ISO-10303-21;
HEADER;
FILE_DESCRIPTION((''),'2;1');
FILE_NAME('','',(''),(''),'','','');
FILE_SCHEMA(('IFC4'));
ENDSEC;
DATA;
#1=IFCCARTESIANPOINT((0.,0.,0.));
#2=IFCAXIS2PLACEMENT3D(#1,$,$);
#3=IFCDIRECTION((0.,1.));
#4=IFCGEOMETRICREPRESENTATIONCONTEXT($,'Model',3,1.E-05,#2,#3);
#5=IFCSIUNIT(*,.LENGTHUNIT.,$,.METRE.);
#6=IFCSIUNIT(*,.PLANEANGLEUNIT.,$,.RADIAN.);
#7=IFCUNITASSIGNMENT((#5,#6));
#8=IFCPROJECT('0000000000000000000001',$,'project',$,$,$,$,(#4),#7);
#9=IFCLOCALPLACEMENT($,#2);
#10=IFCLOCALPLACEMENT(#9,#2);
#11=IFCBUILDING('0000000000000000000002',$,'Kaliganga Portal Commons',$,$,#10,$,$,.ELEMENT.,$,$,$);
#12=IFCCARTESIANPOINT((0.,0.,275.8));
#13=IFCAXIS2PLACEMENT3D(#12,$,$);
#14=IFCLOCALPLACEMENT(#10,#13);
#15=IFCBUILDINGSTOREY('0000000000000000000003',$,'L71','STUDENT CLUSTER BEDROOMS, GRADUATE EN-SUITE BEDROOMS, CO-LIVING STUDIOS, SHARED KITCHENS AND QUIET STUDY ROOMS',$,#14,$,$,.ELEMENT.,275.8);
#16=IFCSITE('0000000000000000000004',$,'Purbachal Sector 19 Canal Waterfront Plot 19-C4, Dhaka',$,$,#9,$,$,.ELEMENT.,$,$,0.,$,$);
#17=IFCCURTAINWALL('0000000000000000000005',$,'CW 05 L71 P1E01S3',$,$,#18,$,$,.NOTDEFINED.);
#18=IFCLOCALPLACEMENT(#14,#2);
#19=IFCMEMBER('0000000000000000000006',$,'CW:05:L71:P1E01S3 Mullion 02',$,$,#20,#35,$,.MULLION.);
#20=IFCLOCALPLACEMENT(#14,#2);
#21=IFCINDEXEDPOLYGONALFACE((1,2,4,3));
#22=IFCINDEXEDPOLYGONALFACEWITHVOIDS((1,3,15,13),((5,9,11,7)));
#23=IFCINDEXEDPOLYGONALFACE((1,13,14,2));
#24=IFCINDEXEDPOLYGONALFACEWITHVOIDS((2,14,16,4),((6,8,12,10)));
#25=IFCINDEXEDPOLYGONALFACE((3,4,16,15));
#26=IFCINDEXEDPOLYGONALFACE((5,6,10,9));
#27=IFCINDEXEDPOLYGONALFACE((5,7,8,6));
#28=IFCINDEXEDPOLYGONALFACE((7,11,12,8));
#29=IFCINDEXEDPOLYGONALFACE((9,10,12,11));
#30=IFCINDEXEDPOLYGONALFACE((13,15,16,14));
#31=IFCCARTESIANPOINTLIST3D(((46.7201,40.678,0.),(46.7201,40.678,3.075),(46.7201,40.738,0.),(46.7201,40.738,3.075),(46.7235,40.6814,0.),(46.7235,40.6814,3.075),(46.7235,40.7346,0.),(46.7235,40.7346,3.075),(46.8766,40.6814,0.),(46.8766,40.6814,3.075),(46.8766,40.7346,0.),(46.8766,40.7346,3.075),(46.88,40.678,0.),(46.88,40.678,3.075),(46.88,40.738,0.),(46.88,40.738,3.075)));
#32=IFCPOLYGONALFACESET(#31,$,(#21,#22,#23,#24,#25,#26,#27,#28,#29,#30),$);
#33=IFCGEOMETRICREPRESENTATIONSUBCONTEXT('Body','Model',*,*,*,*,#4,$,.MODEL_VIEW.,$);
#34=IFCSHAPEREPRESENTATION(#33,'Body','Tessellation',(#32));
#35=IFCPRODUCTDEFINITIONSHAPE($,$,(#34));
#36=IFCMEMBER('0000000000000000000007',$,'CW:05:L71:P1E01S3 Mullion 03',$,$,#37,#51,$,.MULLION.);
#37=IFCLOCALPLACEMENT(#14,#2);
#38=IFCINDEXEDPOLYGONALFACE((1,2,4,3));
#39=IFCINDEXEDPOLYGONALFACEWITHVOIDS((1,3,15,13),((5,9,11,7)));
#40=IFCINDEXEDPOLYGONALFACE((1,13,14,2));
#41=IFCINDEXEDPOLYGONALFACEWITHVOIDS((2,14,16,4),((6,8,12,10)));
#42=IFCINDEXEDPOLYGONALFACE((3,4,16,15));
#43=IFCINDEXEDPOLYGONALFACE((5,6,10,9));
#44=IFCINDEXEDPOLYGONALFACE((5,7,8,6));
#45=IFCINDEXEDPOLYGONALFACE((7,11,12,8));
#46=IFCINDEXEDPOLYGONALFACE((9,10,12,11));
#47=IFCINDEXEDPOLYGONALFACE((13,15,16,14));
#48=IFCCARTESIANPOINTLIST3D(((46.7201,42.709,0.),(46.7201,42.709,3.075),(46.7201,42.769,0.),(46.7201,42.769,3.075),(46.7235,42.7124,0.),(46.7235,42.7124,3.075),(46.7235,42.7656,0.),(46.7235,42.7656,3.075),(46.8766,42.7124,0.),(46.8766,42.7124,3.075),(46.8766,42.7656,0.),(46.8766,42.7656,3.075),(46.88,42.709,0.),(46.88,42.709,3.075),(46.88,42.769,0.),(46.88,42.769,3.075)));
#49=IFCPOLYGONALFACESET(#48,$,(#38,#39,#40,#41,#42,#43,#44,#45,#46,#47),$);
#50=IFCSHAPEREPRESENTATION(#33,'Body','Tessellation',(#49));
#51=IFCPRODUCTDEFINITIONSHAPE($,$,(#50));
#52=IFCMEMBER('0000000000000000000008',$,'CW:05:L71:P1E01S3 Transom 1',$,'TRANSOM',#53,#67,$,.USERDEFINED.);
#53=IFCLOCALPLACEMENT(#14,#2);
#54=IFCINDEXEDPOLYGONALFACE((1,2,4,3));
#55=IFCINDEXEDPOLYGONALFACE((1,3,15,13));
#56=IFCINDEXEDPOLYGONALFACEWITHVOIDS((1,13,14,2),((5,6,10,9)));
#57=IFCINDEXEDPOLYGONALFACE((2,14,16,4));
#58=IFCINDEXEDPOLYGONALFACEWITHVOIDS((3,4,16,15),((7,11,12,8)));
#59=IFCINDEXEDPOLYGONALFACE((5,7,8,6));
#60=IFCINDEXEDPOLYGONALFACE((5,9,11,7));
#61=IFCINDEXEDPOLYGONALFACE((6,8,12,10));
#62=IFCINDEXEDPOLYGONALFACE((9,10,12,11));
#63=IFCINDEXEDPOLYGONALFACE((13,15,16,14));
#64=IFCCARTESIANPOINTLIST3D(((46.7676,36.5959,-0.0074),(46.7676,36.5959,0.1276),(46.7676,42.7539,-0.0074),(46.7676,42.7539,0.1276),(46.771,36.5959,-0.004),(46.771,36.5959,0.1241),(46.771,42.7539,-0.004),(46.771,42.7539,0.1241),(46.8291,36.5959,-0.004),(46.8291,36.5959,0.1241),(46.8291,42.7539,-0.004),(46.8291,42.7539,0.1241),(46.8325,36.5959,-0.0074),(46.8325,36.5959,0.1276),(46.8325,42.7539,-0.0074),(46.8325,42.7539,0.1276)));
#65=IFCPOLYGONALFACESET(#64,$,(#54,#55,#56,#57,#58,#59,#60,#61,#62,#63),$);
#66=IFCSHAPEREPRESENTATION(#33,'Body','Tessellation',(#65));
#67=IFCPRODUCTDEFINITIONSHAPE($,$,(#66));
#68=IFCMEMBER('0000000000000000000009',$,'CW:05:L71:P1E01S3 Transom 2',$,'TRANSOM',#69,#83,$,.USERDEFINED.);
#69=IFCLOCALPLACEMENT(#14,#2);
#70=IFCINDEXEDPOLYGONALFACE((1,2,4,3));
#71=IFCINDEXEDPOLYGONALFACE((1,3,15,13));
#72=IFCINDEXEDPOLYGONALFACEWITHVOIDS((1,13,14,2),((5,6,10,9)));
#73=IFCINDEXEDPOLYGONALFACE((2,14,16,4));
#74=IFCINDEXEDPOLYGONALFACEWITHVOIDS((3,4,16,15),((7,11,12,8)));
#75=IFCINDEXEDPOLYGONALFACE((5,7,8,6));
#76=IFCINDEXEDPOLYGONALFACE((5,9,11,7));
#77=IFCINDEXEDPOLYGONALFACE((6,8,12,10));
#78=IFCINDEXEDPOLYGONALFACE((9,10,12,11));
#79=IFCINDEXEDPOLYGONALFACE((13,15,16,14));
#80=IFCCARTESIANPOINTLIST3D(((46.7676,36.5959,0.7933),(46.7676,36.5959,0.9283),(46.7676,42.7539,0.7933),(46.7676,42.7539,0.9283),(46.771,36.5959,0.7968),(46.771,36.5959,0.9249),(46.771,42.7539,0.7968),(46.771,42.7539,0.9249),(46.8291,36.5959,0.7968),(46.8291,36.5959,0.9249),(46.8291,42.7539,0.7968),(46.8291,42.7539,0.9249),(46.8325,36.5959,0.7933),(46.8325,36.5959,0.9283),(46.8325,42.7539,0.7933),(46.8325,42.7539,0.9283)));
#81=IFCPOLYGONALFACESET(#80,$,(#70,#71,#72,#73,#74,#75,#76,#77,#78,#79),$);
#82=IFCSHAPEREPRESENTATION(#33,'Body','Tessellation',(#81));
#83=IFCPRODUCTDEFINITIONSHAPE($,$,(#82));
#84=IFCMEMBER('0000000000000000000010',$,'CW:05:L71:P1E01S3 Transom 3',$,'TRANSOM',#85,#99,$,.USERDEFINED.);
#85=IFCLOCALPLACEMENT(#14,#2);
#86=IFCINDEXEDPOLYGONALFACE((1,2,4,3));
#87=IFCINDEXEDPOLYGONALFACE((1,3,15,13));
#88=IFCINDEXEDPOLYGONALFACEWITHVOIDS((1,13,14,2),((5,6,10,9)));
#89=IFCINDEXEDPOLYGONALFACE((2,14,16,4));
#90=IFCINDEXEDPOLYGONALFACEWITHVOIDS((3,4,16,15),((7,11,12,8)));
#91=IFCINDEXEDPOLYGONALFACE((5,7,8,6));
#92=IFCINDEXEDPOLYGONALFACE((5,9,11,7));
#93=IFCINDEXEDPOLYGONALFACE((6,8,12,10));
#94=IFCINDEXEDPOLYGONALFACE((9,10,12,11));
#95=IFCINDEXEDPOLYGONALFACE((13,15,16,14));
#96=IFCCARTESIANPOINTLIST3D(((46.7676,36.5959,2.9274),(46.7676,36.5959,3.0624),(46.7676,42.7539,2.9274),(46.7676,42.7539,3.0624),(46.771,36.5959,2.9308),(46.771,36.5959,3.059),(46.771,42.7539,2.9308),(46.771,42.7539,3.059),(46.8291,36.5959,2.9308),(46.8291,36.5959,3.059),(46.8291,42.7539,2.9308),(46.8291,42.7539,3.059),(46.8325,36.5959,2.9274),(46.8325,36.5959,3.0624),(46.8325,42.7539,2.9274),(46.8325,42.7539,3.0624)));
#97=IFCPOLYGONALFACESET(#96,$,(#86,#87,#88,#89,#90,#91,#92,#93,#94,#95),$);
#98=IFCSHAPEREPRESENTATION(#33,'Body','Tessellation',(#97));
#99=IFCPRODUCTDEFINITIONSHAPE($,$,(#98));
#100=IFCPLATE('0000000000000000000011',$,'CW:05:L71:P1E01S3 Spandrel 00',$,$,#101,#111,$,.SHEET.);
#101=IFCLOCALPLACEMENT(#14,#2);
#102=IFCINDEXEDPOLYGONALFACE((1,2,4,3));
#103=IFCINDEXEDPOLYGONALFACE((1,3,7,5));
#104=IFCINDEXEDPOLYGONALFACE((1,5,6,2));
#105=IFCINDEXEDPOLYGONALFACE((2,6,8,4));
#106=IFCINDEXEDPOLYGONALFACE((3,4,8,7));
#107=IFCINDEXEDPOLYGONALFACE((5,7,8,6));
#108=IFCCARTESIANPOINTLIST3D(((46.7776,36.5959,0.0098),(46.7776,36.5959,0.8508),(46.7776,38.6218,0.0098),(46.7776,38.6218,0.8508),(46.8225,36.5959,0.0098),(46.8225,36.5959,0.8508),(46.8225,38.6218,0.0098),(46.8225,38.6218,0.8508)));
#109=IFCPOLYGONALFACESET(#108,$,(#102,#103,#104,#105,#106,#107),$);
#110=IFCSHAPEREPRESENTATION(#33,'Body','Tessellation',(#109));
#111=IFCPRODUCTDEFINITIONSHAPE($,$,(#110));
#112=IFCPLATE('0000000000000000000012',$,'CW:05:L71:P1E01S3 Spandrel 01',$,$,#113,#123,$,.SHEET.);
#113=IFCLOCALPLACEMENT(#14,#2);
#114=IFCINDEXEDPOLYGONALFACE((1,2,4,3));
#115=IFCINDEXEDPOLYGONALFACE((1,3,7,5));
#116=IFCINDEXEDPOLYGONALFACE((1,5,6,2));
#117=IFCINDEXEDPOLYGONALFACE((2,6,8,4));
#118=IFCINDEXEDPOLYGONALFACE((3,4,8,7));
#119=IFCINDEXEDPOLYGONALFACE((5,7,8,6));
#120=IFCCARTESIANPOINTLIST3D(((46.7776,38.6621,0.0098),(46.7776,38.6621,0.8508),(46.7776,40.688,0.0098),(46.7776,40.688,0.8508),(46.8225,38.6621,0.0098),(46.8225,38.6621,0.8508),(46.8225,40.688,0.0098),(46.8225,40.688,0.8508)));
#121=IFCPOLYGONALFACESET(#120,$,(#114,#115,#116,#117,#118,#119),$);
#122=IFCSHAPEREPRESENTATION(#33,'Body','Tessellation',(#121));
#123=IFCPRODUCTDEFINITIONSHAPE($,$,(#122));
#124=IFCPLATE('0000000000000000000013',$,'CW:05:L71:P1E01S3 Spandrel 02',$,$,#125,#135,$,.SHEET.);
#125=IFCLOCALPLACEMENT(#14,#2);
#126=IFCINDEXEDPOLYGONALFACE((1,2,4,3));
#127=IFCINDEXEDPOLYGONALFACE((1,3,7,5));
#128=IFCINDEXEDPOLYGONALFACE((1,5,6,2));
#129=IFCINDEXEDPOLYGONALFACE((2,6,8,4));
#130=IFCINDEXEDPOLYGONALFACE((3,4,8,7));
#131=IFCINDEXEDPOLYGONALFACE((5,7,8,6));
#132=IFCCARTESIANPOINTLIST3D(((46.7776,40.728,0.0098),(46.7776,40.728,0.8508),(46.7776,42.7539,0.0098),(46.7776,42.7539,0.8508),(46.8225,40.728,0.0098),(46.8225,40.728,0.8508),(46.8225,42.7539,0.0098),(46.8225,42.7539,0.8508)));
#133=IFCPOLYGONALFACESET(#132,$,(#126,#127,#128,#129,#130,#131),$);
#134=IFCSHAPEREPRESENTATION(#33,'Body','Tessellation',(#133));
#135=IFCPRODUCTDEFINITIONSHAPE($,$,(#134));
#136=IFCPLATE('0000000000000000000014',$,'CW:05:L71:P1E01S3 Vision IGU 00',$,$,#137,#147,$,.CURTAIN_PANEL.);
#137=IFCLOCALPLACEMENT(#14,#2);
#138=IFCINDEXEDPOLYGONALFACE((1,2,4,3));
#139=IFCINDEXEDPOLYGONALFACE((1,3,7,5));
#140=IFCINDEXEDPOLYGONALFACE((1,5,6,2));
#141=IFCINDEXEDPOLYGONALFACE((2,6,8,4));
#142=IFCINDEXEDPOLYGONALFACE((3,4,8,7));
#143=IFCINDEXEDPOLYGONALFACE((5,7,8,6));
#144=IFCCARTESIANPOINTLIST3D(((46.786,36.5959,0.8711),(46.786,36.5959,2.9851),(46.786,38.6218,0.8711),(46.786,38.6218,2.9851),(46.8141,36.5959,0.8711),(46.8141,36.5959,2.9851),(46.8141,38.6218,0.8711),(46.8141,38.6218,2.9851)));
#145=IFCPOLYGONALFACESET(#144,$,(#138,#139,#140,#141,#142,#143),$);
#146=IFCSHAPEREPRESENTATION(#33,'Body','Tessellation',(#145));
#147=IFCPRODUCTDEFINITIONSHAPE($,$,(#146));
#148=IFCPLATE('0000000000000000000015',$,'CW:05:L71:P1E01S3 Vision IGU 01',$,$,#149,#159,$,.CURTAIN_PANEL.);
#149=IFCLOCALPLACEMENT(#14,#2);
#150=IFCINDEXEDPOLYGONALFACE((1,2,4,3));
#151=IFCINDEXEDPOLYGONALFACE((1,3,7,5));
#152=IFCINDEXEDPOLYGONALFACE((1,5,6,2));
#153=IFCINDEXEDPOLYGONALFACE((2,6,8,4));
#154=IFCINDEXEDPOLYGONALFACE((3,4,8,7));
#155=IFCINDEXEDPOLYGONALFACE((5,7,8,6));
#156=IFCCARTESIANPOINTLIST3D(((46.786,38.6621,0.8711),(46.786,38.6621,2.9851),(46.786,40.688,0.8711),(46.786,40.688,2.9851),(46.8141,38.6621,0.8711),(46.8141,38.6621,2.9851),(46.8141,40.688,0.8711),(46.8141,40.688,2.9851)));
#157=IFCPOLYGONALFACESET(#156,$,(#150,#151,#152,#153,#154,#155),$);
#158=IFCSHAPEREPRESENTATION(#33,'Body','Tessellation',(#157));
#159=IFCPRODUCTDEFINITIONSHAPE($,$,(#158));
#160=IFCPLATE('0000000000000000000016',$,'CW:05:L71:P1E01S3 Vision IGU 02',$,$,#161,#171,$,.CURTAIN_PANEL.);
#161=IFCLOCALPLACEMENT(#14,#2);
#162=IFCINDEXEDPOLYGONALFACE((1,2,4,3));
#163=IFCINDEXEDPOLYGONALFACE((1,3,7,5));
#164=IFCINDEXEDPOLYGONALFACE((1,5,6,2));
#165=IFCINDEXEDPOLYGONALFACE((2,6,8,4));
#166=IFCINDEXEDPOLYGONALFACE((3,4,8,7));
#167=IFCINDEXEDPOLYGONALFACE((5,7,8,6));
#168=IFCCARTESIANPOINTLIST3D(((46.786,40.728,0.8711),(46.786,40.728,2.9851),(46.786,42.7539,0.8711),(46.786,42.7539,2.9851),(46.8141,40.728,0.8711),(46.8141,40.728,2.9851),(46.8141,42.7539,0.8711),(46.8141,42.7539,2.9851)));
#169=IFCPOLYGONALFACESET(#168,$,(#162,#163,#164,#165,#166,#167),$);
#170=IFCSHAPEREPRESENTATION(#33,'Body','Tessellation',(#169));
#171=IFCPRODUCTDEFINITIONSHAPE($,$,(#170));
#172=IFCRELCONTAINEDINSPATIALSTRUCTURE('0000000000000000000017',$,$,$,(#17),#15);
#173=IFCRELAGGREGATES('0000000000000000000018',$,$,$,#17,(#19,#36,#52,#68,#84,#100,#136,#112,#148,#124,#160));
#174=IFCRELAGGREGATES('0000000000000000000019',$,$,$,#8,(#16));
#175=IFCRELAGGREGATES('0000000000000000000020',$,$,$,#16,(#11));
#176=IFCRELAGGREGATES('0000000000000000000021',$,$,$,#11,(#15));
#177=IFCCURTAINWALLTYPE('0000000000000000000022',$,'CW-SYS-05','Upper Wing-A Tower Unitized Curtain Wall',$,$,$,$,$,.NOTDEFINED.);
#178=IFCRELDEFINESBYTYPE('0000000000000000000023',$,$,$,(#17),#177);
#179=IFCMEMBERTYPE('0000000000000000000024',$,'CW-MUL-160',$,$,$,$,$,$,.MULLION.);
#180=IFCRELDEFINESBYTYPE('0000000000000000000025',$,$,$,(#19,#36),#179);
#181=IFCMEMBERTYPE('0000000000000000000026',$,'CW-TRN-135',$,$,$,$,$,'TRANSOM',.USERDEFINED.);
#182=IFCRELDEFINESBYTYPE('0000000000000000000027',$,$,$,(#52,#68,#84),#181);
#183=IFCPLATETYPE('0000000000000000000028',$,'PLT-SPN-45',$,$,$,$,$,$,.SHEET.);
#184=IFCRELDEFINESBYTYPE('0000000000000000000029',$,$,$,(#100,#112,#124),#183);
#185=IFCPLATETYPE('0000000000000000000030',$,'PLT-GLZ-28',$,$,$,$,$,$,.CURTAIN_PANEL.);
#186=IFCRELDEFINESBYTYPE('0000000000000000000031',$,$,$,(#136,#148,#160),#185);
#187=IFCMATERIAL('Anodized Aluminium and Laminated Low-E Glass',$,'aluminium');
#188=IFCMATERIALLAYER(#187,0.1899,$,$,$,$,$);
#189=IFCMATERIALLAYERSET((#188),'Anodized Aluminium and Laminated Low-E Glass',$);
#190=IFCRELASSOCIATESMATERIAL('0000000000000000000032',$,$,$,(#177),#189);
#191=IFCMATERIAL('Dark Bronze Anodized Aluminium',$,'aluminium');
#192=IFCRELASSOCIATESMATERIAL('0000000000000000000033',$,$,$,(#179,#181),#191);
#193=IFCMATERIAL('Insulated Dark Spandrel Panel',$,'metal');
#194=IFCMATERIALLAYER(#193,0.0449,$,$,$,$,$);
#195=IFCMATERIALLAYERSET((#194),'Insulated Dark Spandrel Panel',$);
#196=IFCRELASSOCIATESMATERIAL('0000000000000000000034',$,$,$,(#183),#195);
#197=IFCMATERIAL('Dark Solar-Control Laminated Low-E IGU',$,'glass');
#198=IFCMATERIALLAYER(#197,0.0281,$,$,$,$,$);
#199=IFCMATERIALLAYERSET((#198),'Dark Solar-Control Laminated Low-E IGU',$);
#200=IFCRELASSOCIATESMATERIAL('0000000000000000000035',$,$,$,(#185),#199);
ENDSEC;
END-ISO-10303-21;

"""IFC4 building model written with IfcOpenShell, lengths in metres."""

from ifc_helpers import new_model, si_unit, direction, frame, origin, origin_2d, place, context, subcontext, project, spatial, rectangle, hollow_rectangle, extrude, source, transform, mapped, material, layer, layer_set, material_profile, profile_set, type_object, element, aggregate, save


model = new_model("IFC4")

# Units and contexts
model_context = context("Model", 3, precision=1e-05, world=origin(), true_north=direction((0.0, 1.0)))
body_context = subcontext(model_context, "Body", "Model", "MODEL_VIEW")
ifc_project = project(units=[si_unit("LENGTHUNIT", "METRE"), si_unit("PLANEANGLEUNIT", "RADIAN")], contexts=[model_context])

# Site, building, storey
site_placement = place(None, origin())
site = spatial("IfcSite", under=ifc_project, at=site_placement, Name="Purbachal Sector 19 Canal Waterfront Plot 19-C4, Dhaka", CompositionType="ELEMENT", RefElevation=0.0)
building_placement = place(site_placement, origin())
building = spatial("IfcBuilding", under=site, at=building_placement, Name="Kaliganga Portal Commons", CompositionType="ELEMENT")
storey_placement = place(building_placement, frame((0.0, 0.0, 275.8)))
storey = spatial("IfcBuildingStorey", under=building, at=storey_placement, Name="L71", Description="STUDENT CLUSTER BEDROOMS, GRADUATE EN-SUITE BEDROOMS, CO-LIVING STUDIOS, SHARED KITCHENS AND QUIET STUDY ROOMS", CompositionType="ELEMENT", Elevation=275.8)

# Shared definitions
ifc_material_1 = material(Name="Anodized Aluminium and Laminated Low-E Glass", Category="aluminium")
ifc_layer_1 = layer(ifc_material_1, 0.1899)
ifc_layer_set_1 = layer_set([ifc_layer_1], Name="Anodized Aluminium and Laminated Low-E Glass")
curtain_wall_type = type_object("IfcCurtainWallType", Name="CW-SYS-05", Description="Upper Wing-A Tower Unitized Curtain Wall", PredefinedType="NOTDEFINED", material=ifc_layer_set_1)
ifc_material_2 = material(Name="Dark Bronze Anodized Aluminium", Category="aluminium")
ifc_material_profile_1 = material_profile(ifc_material_2, hollow_rectangle(XDim=0.0601, YDim=0.1599, WallThickness=0.0034, at=origin_2d()), Name="ALU MULL 60x160x3.5")
ifc_profile_set_1 = profile_set([ifc_material_profile_1], Name="Dark Bronze Anodized Aluminium")
member_type_1 = type_object("IfcMemberType", Name="CW-MUL-160", PredefinedType="MULLION", material=ifc_profile_set_1)
shared_shape_1 = source(origin(), body_context, "Body", "SweptSolid", [
    extrude(hollow_rectangle(XDim=0.0601, YDim=0.1599, WallThickness=0.0034, at=origin_2d()), origin(), (0.0, 0.0, 1.0), 3.075),
])

# Curtain wall, members, plates
curtain_wall_1_placement = place(storey_placement, origin())
curtain_wall_1 = element("IfcCurtainWall", 1, at=curtain_wall_1_placement, inside=storey, type_object=curtain_wall_type, Name="CW 05 L71 P1E01S3", PredefinedType="NOTDEFINED")
member_1_placement = place(storey_placement, frame((46.8, 40.708, 0.0), z_axis=(0.0, 0.0, 1.0), x_axis=(0.0, 1.0, 0.0)))
member_1 = element("IfcMember", 2, at=member_1_placement, type_object=member_type_1, Name="CW:05:L71:P1E01S3 Mullion 02", PredefinedType="MULLION", context=body_context, shape_type="MappedRepresentation", body=[
    mapped(shared_shape_1, transform((0.0, 0.0, 0.0), x_axis=(1.0, 0.0, 0.0), y_axis=(0.0, 1.0, 0.0), z_axis=(0.0, 0.0, 1.0), scale=1.0)),
])
member_2_placement = place(storey_placement, frame((46.8, 42.739, 0.0), z_axis=(0.0, 0.0, 1.0), x_axis=(0.0, 1.0, 0.0)))
member_2 = element("IfcMember", 3, at=member_2_placement, type_object=member_type_1, Name="CW:05:L71:P1E01S3 Mullion 03", PredefinedType="MULLION", context=body_context, shape_type="MappedRepresentation", body=[
    mapped(shared_shape_1, transform((0.0, 0.0, 0.0), x_axis=(1.0, 0.0, 0.0), y_axis=(0.0, 1.0, 0.0), z_axis=(0.0, 0.0, 1.0), scale=1.0)),
])
ifc_material_profile_2 = material_profile(ifc_material_2, hollow_rectangle(XDim=0.0649, YDim=0.135, WallThickness=0.0034, at=origin_2d()), Name="ALU TRAN 65x135x3.5")
ifc_profile_set_2 = profile_set([ifc_material_profile_2], Name="Dark Bronze Anodized Aluminium")
member_type_2 = type_object("IfcMemberType", Name="CW-TRN-135", ElementType="TRANSOM", PredefinedType="USERDEFINED", material=ifc_profile_set_2)
shared_shape_2 = source(origin(), body_context, "Body", "SweptSolid", [
    extrude(hollow_rectangle(XDim=0.0649, YDim=0.135, WallThickness=0.0034, at=origin_2d()), origin(), (0.0, 0.0, 1.0), 6.158),
])
member_3_placement = place(storey_placement, frame((46.8, 36.5959, 0.0601), z_axis=(0.0, 1.0, 0.0), x_axis=(-1.0, 0.0, 0.0)))
member_3 = element("IfcMember", 4, at=member_3_placement, type_object=member_type_2, Name="CW:05:L71:P1E01S3 Transom 1", ObjectType="TRANSOM", PredefinedType="USERDEFINED", context=body_context, shape_type="MappedRepresentation", body=[
    mapped(shared_shape_2, transform((0.0, 0.0, 0.0), x_axis=(1.0, 0.0, 0.0), y_axis=(0.0, 1.0, 0.0), z_axis=(0.0, 0.0, 1.0), scale=1.0)),
])
member_4_placement = place(storey_placement, frame((46.8, 36.5959, 0.8608), z_axis=(0.0, 1.0, 0.0), x_axis=(-1.0, 0.0, 0.0)))
member_4 = element("IfcMember", 5, at=member_4_placement, type_object=member_type_2, Name="CW:05:L71:P1E01S3 Transom 2", ObjectType="TRANSOM", PredefinedType="USERDEFINED", context=body_context, shape_type="MappedRepresentation", body=[
    mapped(shared_shape_2, transform((0.0, 0.0, 0.0), x_axis=(1.0, 0.0, 0.0), y_axis=(0.0, 1.0, 0.0), z_axis=(0.0, 0.0, 1.0), scale=1.0)),
])
member_5_placement = place(storey_placement, frame((46.8, 36.5959, 2.9949), z_axis=(0.0, 1.0, 0.0), x_axis=(-1.0, 0.0, 0.0)))
member_5 = element("IfcMember", 6, at=member_5_placement, type_object=member_type_2, Name="CW:05:L71:P1E01S3 Transom 3", ObjectType="TRANSOM", PredefinedType="USERDEFINED", context=body_context, shape_type="MappedRepresentation", body=[
    mapped(shared_shape_2, transform((0.0, 0.0, 0.0), x_axis=(1.0, 0.0, 0.0), y_axis=(0.0, 1.0, 0.0), z_axis=(0.0, 0.0, 1.0), scale=1.0)),
])
ifc_material_3 = material(Name="Insulated Dark Spandrel Panel", Category="metal")
ifc_layer_2 = layer(ifc_material_3, 0.0449)
ifc_layer_set_2 = layer_set([ifc_layer_2], Name="Insulated Dark Spandrel Panel")
plate_type_1 = type_object("IfcPlateType", Name="PLT-SPN-45", PredefinedType="SHEET", material=ifc_layer_set_2)
shared_shape_3 = source(origin(), body_context, "Body", "SweptSolid", [
    extrude(rectangle(XDim=2.0259, YDim=0.0449, at=origin_2d()), origin(), (0.0, 0.0, 1.0), 0.8411),
])
plate_1_placement = place(storey_placement, frame((46.8, 37.6089, 0.0098), z_axis=(0.0, 0.0, 1.0), x_axis=(0.0, 1.0, 0.0)))
plate_1 = element("IfcPlate", 7, at=plate_1_placement, type_object=plate_type_1, Name="CW:05:L71:P1E01S3 Spandrel 00", PredefinedType="SHEET", context=body_context, shape_type="MappedRepresentation", body=[
    mapped(shared_shape_3, transform((0.0, 0.0, 0.0), x_axis=(1.0, 0.0, 0.0), y_axis=(0.0, 1.0, 0.0), z_axis=(0.0, 0.0, 1.0), scale=1.0)),
])
plate_2_placement = place(storey_placement, frame((46.8, 39.675, 0.0098), z_axis=(0.0, 0.0, 1.0), x_axis=(0.0, 1.0, 0.0)))
plate_2 = element("IfcPlate", 8, at=plate_2_placement, type_object=plate_type_1, Name="CW:05:L71:P1E01S3 Spandrel 01", PredefinedType="SHEET", context=body_context, shape_type="MappedRepresentation", body=[
    mapped(shared_shape_3, transform((0.0, 0.0, 0.0), x_axis=(1.0, 0.0, 0.0), y_axis=(0.0, 1.0, 0.0), z_axis=(0.0, 0.0, 1.0), scale=1.0)),
])
plate_3_placement = place(storey_placement, frame((46.8, 41.741, 0.0098), z_axis=(0.0, 0.0, 1.0), x_axis=(0.0, 1.0, 0.0)))
plate_3 = element("IfcPlate", 9, at=plate_3_placement, type_object=plate_type_1, Name="CW:05:L71:P1E01S3 Spandrel 02", PredefinedType="SHEET", context=body_context, shape_type="MappedRepresentation", body=[
    mapped(shared_shape_3, transform((0.0, 0.0, 0.0), x_axis=(1.0, 0.0, 0.0), y_axis=(0.0, 1.0, 0.0), z_axis=(0.0, 0.0, 1.0), scale=1.0)),
])
ifc_material_4 = material(Name="Dark Solar-Control Laminated Low-E IGU", Category="glass")
ifc_layer_3 = layer(ifc_material_4, 0.0281)
ifc_layer_set_3 = layer_set([ifc_layer_3], Name="Dark Solar-Control Laminated Low-E IGU")
plate_type_2 = type_object("IfcPlateType", Name="PLT-GLZ-28", PredefinedType="CURTAIN_PANEL", material=ifc_layer_set_3)
shared_shape_4 = source(origin(), body_context, "Body", "SweptSolid", [
    extrude(rectangle(XDim=2.0259, YDim=0.0281, at=origin_2d()), origin(), (0.0, 0.0, 1.0), 2.114),
])
plate_4_placement = place(storey_placement, frame((46.8, 37.6089, 0.8711), z_axis=(0.0, 0.0, 1.0), x_axis=(0.0, 1.0, 0.0)))
plate_4 = element("IfcPlate", 10, at=plate_4_placement, type_object=plate_type_2, Name="CW:05:L71:P1E01S3 Vision IGU 00", PredefinedType="CURTAIN_PANEL", context=body_context, shape_type="MappedRepresentation", body=[
    mapped(shared_shape_4, transform((0.0, 0.0, 0.0), x_axis=(1.0, 0.0, 0.0), y_axis=(0.0, 1.0, 0.0), z_axis=(0.0, 0.0, 1.0), scale=1.0)),
])
plate_5_placement = place(storey_placement, frame((46.8, 39.675, 0.8711), z_axis=(0.0, 0.0, 1.0), x_axis=(0.0, 1.0, 0.0)))
plate_5 = element("IfcPlate", 11, at=plate_5_placement, type_object=plate_type_2, Name="CW:05:L71:P1E01S3 Vision IGU 01", PredefinedType="CURTAIN_PANEL", context=body_context, shape_type="MappedRepresentation", body=[
    mapped(shared_shape_4, transform((0.0, 0.0, 0.0), x_axis=(1.0, 0.0, 0.0), y_axis=(0.0, 1.0, 0.0), z_axis=(0.0, 0.0, 1.0), scale=1.0)),
])
plate_6_placement = place(storey_placement, frame((46.8, 41.741, 0.8711), z_axis=(0.0, 0.0, 1.0), x_axis=(0.0, 1.0, 0.0)))
plate_6 = element("IfcPlate", 12, at=plate_6_placement, type_object=plate_type_2, Name="CW:05:L71:P1E01S3 Vision IGU 02", PredefinedType="CURTAIN_PANEL", context=body_context, shape_type="MappedRepresentation", body=[
    mapped(shared_shape_4, transform((0.0, 0.0, 0.0), x_axis=(1.0, 0.0, 0.0), y_axis=(0.0, 1.0, 0.0), z_axis=(0.0, 0.0, 1.0), scale=1.0)),
])
aggregate(curtain_wall_1, [member_1, member_2, member_3, member_4, member_5, plate_1, plate_4, plate_2, plate_5, plate_3, plate_6])

save(model, "model.ifc")
